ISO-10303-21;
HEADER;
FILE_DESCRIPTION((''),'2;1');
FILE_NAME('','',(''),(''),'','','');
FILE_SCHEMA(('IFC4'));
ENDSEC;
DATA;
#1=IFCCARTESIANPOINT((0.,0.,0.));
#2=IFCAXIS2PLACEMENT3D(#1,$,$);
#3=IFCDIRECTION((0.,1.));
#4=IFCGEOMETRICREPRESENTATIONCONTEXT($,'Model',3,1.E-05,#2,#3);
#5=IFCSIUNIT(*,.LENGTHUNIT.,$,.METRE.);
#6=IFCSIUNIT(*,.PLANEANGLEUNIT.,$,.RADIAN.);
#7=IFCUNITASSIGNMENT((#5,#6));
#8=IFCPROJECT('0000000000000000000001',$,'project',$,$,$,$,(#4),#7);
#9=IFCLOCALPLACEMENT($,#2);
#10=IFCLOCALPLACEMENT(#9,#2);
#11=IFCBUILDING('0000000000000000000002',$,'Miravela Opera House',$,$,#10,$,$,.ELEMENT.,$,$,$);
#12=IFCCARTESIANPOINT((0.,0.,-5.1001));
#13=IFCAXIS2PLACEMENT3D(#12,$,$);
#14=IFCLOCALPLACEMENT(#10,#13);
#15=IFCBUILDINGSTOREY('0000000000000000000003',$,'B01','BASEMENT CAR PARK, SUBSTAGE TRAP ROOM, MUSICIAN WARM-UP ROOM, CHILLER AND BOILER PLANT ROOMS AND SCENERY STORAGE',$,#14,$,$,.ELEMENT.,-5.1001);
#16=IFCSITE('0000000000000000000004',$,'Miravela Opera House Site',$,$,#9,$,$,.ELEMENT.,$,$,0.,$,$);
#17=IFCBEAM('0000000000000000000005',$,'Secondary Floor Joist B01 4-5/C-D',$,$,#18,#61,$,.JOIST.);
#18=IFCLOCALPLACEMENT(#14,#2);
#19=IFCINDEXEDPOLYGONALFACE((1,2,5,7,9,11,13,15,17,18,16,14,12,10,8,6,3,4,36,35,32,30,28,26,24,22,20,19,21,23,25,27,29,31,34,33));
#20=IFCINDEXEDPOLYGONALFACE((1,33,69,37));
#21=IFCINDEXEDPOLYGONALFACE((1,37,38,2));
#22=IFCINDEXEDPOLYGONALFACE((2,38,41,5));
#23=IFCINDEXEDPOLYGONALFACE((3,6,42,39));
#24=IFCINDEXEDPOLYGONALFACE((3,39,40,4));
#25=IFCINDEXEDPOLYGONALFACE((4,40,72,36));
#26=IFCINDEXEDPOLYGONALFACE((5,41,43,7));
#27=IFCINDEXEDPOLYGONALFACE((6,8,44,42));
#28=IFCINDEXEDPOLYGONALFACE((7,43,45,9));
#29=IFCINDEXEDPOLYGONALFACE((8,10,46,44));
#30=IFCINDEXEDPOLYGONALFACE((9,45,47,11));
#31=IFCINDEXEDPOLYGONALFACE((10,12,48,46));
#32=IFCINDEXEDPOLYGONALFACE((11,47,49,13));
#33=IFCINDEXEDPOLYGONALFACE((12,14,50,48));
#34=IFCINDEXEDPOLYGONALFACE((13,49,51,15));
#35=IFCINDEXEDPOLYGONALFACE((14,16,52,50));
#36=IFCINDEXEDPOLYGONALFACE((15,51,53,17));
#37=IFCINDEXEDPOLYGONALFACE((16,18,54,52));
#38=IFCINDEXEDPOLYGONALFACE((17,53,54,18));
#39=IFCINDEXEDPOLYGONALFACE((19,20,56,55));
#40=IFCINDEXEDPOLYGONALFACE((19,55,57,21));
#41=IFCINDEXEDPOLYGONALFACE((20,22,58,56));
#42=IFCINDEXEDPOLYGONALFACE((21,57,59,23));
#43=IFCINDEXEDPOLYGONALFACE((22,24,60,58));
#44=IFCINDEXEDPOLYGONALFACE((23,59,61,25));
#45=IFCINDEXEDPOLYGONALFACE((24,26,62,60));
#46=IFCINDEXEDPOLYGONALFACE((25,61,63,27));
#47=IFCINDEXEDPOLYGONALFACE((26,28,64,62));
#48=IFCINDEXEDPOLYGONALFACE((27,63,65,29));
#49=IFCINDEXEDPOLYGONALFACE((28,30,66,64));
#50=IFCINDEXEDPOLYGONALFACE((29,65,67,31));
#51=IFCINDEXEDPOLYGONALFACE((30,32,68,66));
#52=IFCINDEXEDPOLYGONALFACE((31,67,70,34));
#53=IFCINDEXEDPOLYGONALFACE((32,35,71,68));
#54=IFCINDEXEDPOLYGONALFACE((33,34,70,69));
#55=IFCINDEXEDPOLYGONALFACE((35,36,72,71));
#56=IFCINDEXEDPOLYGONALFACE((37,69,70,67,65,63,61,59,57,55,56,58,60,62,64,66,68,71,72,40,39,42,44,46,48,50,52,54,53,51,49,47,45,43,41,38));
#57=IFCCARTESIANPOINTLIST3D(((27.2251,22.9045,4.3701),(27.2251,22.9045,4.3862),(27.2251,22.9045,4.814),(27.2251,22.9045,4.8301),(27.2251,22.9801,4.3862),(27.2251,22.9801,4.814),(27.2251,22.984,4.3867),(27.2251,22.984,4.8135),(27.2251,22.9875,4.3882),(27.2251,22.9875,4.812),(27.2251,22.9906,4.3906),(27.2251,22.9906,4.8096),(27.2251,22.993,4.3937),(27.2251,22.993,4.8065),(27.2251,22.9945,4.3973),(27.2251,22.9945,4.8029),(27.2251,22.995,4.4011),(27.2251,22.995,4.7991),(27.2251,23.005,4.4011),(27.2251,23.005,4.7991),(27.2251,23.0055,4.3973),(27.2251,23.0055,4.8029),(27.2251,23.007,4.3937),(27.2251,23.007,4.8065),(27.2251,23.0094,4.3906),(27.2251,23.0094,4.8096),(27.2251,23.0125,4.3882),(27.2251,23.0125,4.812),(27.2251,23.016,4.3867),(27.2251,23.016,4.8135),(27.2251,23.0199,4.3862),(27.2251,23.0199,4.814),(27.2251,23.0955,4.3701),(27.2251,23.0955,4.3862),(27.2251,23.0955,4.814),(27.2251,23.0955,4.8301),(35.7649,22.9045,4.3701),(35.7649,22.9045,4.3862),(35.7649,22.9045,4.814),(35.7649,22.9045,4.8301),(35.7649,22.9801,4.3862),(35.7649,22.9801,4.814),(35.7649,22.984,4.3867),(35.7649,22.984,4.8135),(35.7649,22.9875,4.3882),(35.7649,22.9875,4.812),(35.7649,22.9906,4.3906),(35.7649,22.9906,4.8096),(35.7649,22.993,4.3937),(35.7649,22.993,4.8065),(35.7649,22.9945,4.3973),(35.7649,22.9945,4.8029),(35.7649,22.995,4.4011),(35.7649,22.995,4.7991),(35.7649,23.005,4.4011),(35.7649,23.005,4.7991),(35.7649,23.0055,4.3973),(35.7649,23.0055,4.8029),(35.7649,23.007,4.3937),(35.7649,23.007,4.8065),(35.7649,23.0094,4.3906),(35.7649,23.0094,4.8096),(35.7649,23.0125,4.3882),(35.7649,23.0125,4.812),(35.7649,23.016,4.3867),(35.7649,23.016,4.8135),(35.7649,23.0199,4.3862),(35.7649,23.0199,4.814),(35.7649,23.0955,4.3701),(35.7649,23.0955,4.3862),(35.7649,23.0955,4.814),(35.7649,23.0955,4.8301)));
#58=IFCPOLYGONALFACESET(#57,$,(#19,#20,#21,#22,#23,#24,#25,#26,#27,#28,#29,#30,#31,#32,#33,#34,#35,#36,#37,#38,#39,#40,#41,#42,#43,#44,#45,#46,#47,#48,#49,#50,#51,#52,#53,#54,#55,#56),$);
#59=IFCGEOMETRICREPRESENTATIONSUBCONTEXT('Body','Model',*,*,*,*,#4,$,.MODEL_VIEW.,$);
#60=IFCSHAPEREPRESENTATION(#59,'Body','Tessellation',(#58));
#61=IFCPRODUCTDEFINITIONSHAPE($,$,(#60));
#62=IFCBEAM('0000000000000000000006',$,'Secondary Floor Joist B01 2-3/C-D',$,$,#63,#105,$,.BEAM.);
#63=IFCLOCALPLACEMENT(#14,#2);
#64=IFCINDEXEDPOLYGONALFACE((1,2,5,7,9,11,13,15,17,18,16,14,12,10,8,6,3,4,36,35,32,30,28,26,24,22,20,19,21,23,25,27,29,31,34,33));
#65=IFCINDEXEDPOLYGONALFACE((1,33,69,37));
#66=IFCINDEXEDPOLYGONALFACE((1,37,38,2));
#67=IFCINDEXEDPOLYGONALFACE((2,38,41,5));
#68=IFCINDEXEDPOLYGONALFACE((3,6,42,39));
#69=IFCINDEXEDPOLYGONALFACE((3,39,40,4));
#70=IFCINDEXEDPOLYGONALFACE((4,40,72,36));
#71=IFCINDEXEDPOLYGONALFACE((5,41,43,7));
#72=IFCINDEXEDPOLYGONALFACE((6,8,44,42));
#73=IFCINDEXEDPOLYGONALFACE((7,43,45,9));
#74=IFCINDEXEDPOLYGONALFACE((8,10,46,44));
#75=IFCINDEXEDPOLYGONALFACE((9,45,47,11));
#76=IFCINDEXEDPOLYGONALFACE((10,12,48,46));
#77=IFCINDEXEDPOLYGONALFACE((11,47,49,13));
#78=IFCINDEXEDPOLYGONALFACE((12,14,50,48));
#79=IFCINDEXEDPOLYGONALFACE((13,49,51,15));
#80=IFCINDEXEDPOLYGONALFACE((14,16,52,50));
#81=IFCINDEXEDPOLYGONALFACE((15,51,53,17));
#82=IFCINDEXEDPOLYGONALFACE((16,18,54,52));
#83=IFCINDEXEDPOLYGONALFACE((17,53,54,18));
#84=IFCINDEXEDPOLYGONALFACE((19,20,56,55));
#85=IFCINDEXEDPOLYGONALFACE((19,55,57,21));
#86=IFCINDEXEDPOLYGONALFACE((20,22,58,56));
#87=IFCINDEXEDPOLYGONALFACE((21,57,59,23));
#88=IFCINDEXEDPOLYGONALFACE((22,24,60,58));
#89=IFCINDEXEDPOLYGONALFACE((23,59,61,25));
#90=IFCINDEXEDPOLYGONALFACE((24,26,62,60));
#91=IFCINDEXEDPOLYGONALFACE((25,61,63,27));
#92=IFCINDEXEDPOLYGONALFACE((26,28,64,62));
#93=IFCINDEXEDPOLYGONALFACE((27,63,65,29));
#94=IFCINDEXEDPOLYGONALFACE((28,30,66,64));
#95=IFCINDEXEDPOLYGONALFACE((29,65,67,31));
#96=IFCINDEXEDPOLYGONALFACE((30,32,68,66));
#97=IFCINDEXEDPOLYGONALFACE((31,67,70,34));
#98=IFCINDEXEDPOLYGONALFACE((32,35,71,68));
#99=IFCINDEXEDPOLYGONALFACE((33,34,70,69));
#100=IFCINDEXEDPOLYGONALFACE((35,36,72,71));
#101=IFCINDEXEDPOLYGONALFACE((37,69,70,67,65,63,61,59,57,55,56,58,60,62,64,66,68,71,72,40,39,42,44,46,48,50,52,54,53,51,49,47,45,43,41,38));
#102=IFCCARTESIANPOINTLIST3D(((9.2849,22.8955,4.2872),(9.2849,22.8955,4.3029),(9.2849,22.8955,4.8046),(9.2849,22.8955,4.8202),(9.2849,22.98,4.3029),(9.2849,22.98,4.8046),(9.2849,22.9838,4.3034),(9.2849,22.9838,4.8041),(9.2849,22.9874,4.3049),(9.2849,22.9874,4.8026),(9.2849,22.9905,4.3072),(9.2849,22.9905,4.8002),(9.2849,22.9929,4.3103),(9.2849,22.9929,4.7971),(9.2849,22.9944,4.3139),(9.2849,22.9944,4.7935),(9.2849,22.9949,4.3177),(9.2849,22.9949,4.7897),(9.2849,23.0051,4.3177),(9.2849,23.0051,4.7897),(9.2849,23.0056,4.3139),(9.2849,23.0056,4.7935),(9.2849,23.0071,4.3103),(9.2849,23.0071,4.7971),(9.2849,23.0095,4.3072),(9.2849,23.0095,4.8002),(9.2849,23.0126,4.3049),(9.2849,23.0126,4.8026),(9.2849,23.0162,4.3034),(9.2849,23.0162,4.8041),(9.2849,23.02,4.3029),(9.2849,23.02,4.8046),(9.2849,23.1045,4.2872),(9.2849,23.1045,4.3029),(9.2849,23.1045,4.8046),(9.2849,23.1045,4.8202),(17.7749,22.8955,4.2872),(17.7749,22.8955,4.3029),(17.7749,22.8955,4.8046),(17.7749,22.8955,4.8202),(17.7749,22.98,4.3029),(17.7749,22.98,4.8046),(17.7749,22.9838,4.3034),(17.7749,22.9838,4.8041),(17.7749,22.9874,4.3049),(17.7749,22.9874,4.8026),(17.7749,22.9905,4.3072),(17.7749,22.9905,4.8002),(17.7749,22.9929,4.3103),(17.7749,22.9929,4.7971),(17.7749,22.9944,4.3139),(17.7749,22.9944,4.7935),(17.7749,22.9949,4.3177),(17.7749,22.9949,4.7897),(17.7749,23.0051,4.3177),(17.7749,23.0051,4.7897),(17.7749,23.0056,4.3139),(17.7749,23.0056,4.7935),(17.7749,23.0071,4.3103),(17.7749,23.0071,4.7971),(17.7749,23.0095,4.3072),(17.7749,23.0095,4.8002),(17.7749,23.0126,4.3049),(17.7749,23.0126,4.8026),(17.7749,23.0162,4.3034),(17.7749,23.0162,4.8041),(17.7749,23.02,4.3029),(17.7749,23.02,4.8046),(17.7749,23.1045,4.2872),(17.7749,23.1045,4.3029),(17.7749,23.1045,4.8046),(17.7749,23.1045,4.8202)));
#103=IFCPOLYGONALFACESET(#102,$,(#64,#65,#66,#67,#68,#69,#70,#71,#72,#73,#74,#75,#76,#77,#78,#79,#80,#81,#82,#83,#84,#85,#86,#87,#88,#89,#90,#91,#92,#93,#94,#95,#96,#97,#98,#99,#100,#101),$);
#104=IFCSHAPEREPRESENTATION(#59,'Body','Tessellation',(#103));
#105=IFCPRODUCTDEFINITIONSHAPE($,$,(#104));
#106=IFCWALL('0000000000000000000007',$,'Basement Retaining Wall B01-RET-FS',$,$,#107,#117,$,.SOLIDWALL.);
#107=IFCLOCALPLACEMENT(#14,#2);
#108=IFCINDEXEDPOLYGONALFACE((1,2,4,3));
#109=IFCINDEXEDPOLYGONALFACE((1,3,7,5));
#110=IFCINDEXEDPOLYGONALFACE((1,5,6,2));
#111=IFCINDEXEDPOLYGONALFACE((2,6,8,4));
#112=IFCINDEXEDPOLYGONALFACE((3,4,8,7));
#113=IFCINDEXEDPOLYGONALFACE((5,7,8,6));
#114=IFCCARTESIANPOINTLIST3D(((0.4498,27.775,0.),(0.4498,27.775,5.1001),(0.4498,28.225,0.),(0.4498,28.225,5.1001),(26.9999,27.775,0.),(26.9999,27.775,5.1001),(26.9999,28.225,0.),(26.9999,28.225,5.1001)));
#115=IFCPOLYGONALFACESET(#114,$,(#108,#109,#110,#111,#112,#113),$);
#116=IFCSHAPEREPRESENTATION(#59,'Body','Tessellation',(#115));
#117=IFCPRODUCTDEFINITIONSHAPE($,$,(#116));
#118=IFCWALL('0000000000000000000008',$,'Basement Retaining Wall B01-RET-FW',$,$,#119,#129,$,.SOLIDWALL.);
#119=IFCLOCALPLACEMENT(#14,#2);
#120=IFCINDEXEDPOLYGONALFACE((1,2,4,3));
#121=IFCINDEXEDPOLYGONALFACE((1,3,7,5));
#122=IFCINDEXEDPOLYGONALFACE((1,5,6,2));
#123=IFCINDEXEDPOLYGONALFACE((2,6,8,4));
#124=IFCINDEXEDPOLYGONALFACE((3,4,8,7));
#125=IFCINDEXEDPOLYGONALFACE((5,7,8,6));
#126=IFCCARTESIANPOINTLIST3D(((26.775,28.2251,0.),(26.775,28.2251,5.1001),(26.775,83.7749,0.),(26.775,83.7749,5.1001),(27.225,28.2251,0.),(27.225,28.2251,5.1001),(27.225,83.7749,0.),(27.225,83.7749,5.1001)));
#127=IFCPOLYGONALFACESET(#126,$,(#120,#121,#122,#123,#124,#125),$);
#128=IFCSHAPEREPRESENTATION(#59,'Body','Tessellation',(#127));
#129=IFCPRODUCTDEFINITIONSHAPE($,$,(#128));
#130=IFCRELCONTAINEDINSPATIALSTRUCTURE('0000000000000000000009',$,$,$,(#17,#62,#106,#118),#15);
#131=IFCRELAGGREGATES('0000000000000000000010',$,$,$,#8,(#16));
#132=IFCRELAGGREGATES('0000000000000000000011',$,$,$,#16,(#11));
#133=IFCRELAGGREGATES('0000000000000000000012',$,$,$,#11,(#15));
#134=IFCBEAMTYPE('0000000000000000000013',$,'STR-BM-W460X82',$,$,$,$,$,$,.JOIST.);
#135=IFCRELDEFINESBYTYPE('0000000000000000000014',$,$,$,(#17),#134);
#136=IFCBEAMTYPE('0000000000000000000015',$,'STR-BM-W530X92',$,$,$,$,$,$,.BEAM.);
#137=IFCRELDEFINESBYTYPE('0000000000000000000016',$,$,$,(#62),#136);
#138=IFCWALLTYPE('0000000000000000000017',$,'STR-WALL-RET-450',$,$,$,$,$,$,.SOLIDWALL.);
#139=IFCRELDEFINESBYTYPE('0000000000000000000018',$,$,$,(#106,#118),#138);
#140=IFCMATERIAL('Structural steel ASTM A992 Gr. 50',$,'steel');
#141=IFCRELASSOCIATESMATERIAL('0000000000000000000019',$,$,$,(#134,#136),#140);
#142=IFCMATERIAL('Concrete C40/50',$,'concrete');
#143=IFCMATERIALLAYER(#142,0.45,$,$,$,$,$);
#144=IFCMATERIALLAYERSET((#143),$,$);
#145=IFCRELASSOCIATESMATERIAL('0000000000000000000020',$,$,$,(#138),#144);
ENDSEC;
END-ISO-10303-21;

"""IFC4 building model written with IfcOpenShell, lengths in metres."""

from ifc_helpers import new_model, si_unit, direction, frame, frame_2d, origin, origin_2d, place, context, subcontext, project, spatial, rectangle, i_section, extrude, material, layer, layer_set, material_profile, profile_set, type_object, element, save


model = new_model("IFC4")

# Units and contexts
model_context = context("Model", 3, precision=1e-05, world=origin(), true_north=direction((0.0, 1.0)))
body_context = subcontext(model_context, "Body", "Model", "MODEL_VIEW")
ifc_project = project(units=[si_unit("LENGTHUNIT", "METRE"), si_unit("PLANEANGLEUNIT", "RADIAN")], contexts=[model_context])

# Site, building, storey
site_placement = place(None, origin())
site = spatial("IfcSite", under=ifc_project, at=site_placement, Name="Miravela Opera House Site", CompositionType="ELEMENT", RefElevation=0.0)
building_placement = place(site_placement, origin())
building = spatial("IfcBuilding", under=site, at=building_placement, Name="Miravela Opera House", CompositionType="ELEMENT")
storey_placement = place(building_placement, frame((0.0, 0.0, -5.1001)))
storey = spatial("IfcBuildingStorey", under=building, at=storey_placement, Name="B01", Description="BASEMENT CAR PARK, SUBSTAGE TRAP ROOM, MUSICIAN WARM-UP ROOM, CHILLER AND BOILER PLANT ROOMS AND SCENERY STORAGE", CompositionType="ELEMENT", Elevation=-5.1001)

# Shared definitions
ifc_material_1 = material(Name="Concrete C40/50", Category="concrete")

# Beams
ifc_material_2 = material(Name="Structural steel ASTM A992 Gr. 50", Category="steel")
ifc_material_profile_1 = material_profile(ifc_material_2, i_section(OverallWidth=0.1909, OverallDepth=0.46, WebThickness=0.01, FlangeThickness=0.0161, FilletRadius=0.0149, at=origin_2d()), Name="W460X82")
ifc_profile_set_1 = profile_set([ifc_material_profile_1])
beam_type_1 = type_object("IfcBeamType", Name="STR-BM-W460X82", PredefinedType="JOIST", material=ifc_profile_set_1)
beam_1_placement = place(storey_placement, frame((27.2251, 23.0, 4.6001), z_axis=(1.0, 0.0, 0.0), x_axis=(0.0, 1.0, 0.0)))
element("IfcBeam", 1, at=beam_1_placement, inside=storey, type_object=beam_type_1, Name="Secondary Floor Joist B01 4-5/C-D", PredefinedType="JOIST", context=body_context, shape_type="SweptSolid", body=[
    extrude(i_section(OverallWidth=0.1909, OverallDepth=0.46, WebThickness=0.01, FlangeThickness=0.0161, FilletRadius=0.0149, at=origin_2d()), origin(), (0.0, 0.0, 1.0), 8.5398),
])
ifc_material_profile_2 = material_profile(ifc_material_2, i_section(OverallWidth=0.209, OverallDepth=0.533, WebThickness=0.0103, FlangeThickness=0.0156, FilletRadius=0.0149, at=origin_2d()), Name="W530X92")
ifc_profile_set_2 = profile_set([ifc_material_profile_2])
beam_type_2 = type_object("IfcBeamType", Name="STR-BM-W530X92", PredefinedType="BEAM", material=ifc_profile_set_2)
beam_2_placement = place(storey_placement, frame((9.2849, 23.0, 4.5537), z_axis=(1.0, 0.0, 0.0), x_axis=(0.0, 1.0, 0.0)))
element("IfcBeam", 2, at=beam_2_placement, inside=storey, type_object=beam_type_2, Name="Secondary Floor Joist B01 2-3/C-D", PredefinedType="BEAM", context=body_context, shape_type="SweptSolid", body=[
    extrude(i_section(OverallWidth=0.209, OverallDepth=0.533, WebThickness=0.0103, FlangeThickness=0.0156, FilletRadius=0.0149, at=origin_2d()), origin(), (0.0, 0.0, 1.0), 8.49),
])

# Walls
ifc_layer = layer(ifc_material_1, 0.45)
ifc_layer_set = layer_set([ifc_layer])
wall_type = type_object("IfcWallType", Name="STR-WALL-RET-450", PredefinedType="SOLIDWALL", material=ifc_layer_set)
wall_1_placement = place(storey_placement, frame((0.45, 28.0, 0.0), z_axis=(0.0, 0.0, 1.0), x_axis=(1.0, 0.0, 0.0)))
element("IfcWall", 3, at=wall_1_placement, inside=storey, type_object=wall_type, Name="Basement Retaining Wall B01-RET-FS", PredefinedType="SOLIDWALL", context=body_context, shape_type="SweptSolid", body=[
    extrude(rectangle(XDim=26.55, YDim=0.45, at=frame_2d((13.2749, 0.0))), origin(), (0.0, 0.0, 1.0), 5.1001),
])
wall_2_placement = place(storey_placement, frame((27.0, 28.2251, 0.0), z_axis=(0.0, 0.0, 1.0), x_axis=(0.0, 1.0, 0.0)))
element("IfcWall", 4, at=wall_2_placement, inside=storey, type_object=wall_type, Name="Basement Retaining Wall B01-RET-FW", PredefinedType="SOLIDWALL", context=body_context, shape_type="SweptSolid", body=[
    extrude(rectangle(XDim=55.5498, YDim=0.45, at=frame_2d((27.7749, 0.0))), origin(), (0.0, 0.0, 1.0), 5.1001),
])

save(model, "model.ifc")
